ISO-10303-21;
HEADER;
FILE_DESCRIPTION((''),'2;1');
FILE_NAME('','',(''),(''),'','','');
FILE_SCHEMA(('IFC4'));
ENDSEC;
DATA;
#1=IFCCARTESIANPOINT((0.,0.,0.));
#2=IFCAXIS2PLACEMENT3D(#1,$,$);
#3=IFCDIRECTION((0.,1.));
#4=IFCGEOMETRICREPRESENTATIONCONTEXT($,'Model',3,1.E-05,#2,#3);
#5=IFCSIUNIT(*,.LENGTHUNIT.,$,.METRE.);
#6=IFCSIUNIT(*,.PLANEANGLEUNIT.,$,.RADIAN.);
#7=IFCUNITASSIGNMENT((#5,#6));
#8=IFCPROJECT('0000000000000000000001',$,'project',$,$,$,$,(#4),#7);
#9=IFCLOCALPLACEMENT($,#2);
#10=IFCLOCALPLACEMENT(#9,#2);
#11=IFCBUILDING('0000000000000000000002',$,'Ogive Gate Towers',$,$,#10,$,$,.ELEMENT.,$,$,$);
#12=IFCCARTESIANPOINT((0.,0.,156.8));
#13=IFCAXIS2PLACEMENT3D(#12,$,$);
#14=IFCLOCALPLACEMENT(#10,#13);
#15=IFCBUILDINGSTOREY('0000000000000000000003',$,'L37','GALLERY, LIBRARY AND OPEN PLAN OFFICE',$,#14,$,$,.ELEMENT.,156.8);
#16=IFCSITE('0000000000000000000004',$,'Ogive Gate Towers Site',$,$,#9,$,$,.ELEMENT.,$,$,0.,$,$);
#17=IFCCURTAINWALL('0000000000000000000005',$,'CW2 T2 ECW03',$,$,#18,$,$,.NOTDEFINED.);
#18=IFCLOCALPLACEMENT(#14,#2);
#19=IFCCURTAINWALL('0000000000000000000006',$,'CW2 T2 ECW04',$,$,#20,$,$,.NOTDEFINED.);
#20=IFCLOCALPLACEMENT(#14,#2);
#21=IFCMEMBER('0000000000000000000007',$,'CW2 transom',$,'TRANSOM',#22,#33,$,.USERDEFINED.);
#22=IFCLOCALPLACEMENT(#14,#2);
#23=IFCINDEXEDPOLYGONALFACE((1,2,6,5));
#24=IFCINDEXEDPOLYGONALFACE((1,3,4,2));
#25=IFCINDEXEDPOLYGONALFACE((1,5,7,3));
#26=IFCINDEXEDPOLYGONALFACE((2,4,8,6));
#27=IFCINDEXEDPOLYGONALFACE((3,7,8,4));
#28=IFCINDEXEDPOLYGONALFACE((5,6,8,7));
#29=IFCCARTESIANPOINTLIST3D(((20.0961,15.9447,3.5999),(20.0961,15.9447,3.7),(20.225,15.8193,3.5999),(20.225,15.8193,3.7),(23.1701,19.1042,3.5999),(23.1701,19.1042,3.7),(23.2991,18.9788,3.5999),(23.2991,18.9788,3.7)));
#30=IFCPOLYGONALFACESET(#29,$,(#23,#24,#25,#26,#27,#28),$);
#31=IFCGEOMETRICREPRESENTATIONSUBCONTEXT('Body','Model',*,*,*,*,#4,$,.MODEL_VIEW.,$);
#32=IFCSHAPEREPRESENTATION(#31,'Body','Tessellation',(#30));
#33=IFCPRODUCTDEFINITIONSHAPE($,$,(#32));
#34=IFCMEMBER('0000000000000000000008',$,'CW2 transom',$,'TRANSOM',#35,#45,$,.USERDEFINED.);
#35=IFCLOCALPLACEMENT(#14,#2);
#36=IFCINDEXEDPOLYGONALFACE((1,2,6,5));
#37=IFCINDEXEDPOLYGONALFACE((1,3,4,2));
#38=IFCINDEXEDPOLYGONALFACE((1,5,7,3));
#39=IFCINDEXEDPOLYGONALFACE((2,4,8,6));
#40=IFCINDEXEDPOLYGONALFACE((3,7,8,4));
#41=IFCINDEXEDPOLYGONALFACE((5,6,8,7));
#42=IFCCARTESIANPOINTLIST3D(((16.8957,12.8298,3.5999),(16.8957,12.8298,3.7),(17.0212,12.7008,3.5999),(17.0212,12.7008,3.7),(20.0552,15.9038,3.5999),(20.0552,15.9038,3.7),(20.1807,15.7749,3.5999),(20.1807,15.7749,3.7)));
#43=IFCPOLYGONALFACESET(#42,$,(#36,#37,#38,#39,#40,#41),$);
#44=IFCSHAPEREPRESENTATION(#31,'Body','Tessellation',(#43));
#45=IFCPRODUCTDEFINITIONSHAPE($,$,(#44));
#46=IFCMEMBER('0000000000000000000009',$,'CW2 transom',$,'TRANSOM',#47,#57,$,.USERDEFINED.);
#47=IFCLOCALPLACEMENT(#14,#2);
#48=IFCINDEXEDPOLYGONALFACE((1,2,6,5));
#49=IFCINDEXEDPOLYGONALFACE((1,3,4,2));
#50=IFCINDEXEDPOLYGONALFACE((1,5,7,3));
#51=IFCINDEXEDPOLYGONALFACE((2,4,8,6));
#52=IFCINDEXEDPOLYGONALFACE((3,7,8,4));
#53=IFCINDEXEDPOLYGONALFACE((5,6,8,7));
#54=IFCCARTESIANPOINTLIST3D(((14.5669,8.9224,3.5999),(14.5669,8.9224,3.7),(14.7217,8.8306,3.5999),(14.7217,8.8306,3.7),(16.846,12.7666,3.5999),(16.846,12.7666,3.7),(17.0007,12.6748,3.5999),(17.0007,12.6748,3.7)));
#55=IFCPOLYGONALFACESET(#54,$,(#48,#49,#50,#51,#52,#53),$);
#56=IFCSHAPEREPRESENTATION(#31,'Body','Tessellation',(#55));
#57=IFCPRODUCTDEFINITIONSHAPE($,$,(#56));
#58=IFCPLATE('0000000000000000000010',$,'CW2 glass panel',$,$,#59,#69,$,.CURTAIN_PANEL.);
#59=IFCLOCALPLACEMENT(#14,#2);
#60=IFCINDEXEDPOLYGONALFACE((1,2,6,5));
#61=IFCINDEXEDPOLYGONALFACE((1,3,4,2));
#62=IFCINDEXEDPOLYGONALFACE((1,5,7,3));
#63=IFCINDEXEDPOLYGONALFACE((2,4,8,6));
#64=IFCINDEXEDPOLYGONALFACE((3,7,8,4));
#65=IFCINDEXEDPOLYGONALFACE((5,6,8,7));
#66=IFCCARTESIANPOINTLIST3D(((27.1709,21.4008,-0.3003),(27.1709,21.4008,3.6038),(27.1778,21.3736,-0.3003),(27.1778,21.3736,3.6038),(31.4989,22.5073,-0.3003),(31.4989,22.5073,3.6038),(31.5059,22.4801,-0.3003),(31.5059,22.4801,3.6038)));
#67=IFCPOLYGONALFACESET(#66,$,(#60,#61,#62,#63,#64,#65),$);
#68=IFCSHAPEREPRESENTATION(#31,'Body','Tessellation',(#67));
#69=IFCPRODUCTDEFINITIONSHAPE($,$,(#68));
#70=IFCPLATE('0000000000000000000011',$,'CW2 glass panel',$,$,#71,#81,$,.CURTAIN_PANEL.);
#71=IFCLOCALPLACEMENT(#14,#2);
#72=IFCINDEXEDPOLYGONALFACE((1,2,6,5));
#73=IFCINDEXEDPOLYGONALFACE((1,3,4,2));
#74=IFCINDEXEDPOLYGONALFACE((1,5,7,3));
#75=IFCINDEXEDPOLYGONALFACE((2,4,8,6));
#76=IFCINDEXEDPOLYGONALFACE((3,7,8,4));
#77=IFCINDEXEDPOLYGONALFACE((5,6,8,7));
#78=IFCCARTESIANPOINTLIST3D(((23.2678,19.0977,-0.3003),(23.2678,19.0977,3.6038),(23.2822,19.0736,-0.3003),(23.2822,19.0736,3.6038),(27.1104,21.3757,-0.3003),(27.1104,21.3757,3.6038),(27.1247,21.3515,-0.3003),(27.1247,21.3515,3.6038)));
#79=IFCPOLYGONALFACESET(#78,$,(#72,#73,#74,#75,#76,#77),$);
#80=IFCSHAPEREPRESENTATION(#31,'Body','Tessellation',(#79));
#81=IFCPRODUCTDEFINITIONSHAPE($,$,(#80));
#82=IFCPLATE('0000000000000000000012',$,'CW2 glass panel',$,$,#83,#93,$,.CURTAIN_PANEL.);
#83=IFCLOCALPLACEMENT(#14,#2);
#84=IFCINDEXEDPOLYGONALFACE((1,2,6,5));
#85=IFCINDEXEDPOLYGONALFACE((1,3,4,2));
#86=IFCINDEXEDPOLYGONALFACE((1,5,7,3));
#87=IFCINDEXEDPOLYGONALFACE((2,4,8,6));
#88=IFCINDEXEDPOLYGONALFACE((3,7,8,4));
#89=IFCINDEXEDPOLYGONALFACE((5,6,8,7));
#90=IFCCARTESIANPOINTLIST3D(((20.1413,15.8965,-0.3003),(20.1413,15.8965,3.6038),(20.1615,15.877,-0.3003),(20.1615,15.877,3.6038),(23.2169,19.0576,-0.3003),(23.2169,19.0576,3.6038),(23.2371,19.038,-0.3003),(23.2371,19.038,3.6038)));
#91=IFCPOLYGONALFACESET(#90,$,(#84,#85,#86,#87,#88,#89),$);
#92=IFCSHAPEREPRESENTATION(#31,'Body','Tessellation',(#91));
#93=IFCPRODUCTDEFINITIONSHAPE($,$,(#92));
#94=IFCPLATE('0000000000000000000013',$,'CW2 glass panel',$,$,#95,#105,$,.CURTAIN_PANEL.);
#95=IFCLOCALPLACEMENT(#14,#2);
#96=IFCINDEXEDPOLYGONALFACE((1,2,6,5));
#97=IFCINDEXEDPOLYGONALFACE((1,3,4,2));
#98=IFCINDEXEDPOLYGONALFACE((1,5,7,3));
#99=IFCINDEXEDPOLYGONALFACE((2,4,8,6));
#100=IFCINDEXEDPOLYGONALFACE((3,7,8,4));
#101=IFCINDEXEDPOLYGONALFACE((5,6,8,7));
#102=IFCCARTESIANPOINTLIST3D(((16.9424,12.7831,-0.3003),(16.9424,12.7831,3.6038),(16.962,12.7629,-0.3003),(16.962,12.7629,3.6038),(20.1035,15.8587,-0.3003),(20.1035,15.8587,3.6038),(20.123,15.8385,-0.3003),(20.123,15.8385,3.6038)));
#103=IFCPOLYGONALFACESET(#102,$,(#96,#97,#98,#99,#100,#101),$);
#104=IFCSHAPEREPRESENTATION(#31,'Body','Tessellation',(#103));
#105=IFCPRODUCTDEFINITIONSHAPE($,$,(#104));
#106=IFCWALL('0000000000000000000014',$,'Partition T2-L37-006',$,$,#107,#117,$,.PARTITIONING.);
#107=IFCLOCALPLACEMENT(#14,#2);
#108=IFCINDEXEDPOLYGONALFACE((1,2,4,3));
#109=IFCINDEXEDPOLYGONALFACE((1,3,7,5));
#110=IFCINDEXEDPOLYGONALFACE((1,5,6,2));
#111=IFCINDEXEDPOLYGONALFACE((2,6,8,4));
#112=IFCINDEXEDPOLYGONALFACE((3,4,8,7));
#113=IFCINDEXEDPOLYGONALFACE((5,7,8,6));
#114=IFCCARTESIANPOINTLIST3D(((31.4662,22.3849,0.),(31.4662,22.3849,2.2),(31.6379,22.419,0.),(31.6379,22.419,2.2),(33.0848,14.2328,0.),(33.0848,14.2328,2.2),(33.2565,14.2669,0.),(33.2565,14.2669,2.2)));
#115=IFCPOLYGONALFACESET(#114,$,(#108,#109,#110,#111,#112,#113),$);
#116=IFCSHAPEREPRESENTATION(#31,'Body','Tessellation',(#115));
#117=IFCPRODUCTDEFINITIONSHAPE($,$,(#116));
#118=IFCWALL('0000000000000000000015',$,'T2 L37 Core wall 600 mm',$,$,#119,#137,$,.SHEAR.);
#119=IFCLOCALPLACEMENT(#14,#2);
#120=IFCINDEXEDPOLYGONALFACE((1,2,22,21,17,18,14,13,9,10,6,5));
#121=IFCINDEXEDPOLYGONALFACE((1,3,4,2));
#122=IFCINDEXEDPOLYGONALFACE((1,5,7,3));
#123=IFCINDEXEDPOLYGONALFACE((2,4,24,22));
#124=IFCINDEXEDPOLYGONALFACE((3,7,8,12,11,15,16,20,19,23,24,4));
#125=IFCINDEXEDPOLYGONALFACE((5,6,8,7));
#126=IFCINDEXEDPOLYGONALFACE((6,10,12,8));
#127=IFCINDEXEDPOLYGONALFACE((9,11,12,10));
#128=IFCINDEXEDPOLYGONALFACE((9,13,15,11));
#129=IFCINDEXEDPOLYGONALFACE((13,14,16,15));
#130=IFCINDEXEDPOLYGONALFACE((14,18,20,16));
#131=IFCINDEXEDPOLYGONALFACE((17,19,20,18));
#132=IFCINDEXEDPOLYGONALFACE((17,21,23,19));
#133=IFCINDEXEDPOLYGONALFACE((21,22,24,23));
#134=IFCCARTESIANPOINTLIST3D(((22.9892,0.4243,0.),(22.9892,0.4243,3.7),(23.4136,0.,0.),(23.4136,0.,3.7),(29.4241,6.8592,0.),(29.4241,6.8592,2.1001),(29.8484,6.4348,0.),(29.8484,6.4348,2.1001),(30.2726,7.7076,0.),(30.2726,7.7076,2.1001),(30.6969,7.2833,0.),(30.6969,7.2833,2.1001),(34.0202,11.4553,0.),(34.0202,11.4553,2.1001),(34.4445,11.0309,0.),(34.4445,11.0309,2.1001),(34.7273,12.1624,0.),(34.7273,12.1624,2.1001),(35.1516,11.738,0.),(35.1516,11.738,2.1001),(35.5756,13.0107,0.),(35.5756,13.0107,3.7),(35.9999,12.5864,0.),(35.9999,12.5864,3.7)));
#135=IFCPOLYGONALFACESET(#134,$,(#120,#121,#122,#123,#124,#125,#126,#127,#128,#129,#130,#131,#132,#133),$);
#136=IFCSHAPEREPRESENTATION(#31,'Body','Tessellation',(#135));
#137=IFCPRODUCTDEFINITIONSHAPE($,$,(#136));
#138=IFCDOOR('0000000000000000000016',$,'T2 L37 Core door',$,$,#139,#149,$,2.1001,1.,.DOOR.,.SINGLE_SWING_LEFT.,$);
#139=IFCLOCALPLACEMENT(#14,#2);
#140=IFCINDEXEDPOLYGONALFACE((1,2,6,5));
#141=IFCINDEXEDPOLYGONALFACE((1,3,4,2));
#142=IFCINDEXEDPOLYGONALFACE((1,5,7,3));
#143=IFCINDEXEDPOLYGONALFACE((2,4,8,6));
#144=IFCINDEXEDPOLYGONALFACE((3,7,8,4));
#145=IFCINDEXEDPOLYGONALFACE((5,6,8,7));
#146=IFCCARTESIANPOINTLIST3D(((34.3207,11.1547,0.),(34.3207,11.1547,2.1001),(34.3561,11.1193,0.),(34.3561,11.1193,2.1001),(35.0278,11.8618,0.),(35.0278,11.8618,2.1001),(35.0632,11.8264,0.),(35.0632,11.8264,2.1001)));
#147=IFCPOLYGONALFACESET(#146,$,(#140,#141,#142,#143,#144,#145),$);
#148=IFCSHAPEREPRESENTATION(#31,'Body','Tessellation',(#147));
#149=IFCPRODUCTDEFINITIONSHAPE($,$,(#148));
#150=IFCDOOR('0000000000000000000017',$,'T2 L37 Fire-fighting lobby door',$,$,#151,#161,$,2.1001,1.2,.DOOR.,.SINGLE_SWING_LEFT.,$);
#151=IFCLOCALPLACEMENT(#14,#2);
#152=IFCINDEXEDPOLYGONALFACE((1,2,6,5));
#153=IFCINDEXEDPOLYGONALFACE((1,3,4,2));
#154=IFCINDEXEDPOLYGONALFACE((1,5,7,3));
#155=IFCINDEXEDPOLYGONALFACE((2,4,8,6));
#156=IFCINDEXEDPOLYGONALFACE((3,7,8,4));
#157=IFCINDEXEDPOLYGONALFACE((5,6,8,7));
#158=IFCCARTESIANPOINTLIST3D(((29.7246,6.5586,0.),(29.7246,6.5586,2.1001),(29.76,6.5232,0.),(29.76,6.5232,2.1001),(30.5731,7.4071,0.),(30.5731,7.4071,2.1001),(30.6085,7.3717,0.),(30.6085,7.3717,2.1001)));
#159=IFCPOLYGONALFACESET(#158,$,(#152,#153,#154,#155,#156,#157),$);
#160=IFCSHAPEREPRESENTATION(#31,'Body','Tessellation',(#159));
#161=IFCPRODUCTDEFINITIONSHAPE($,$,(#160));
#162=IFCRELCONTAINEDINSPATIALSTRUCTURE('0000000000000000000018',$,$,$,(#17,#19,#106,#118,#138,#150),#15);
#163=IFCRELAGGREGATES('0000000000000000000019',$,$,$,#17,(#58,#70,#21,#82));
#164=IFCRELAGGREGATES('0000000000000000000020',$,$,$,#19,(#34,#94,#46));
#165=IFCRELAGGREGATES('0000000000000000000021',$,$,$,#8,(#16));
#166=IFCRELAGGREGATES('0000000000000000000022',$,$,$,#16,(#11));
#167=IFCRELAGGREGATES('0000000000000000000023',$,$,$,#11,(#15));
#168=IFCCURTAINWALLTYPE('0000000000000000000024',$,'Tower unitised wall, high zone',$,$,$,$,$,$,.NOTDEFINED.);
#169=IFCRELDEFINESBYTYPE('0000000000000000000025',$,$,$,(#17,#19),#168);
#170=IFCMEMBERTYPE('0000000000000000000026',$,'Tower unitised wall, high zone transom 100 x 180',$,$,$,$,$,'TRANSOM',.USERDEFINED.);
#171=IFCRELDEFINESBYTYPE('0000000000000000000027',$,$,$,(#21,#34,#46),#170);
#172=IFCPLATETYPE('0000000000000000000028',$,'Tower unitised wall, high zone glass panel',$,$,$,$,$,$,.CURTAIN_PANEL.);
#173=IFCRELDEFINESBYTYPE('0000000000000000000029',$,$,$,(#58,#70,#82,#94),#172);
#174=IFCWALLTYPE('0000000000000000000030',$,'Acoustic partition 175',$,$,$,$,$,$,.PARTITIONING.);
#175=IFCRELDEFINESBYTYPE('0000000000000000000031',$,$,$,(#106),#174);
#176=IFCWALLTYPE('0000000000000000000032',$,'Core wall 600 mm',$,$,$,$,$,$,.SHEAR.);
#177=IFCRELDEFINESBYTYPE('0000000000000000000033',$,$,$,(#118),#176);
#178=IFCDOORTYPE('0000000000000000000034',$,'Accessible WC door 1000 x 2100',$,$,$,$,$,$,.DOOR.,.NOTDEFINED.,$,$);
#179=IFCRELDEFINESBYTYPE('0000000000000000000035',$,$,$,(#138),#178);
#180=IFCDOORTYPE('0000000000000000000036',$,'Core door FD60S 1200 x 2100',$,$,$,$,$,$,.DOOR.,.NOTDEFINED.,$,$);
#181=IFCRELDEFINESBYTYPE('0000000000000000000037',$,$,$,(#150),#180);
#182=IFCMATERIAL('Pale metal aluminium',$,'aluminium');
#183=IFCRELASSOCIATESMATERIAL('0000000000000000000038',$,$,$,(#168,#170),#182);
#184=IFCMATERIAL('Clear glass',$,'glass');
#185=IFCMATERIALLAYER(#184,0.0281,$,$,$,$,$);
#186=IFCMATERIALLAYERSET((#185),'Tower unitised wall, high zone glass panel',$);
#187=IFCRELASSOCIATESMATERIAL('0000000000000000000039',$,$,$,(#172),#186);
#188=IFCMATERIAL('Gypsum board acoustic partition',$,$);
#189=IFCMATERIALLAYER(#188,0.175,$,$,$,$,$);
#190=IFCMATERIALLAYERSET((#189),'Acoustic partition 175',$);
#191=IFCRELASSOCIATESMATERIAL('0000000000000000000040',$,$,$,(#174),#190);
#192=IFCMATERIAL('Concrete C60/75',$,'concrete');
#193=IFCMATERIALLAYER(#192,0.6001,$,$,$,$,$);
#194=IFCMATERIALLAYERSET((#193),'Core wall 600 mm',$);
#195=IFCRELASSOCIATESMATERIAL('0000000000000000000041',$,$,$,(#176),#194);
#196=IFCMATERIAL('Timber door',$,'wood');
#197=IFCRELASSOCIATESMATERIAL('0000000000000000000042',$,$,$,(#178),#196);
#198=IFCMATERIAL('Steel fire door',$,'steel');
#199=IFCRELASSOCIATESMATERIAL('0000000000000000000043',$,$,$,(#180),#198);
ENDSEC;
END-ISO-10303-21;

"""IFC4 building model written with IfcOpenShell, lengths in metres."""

from ifc_helpers import new_model, si_unit, direction, frame, frame_2d, origin, origin_2d, place, context, subcontext, project, spatial, rectangle, extrude, material, layer, layer_set, material_profile, profile_set, type_object, element, fill, aggregate, save


model = new_model("IFC4")

# Units and contexts
model_context = context("Model", 3, precision=1e-05, world=origin(), true_north=direction((0.0, 1.0)))
body_context = subcontext(model_context, "Body", "Model", "MODEL_VIEW")
ifc_project = project(units=[si_unit("LENGTHUNIT", "METRE"), si_unit("PLANEANGLEUNIT", "RADIAN")], contexts=[model_context])

# Site, building, storey
site_placement = place(None, origin())
site = spatial("IfcSite", under=ifc_project, at=site_placement, Name="Ogive Gate Towers Site", CompositionType="ELEMENT", RefElevation=0.0)
building_placement = place(site_placement, origin())
building = spatial("IfcBuilding", under=site, at=building_placement, Name="Ogive Gate Towers", CompositionType="ELEMENT")
storey_placement = place(building_placement, frame((0.0, 0.0, 156.8)))
storey = spatial("IfcBuildingStorey", under=building, at=storey_placement, Name="L37", Description="GALLERY, LIBRARY AND OPEN PLAN OFFICE", CompositionType="ELEMENT", Elevation=156.8)

# Curtain wall
ifc_material_1 = material(Name="Pale metal aluminium", Category="aluminium")
curtain_wall_type = type_object("IfcCurtainWallType", Name="Tower unitised wall, high zone", PredefinedType="NOTDEFINED", material=ifc_material_1)
curtain_wall_1_placement = place(storey_placement, origin())
curtain_wall_1 = element("IfcCurtainWall", 1, at=curtain_wall_1_placement, inside=storey, type_object=curtain_wall_type, Name="CW2 T2 ECW03", PredefinedType="NOTDEFINED")

# Curtain wall
curtain_wall_2_placement = place(storey_placement, origin())
curtain_wall_2 = element("IfcCurtainWall", 2, at=curtain_wall_2_placement, inside=storey, type_object=curtain_wall_type, Name="CW2 T2 ECW04", PredefinedType="NOTDEFINED")

# Members
ifc_material_profile_1 = material_profile(ifc_material_1, rectangle(XDim=0.1799, YDim=0.1001, at=origin_2d()), Name="100 x 180 aluminium box")
ifc_profile_set_1 = profile_set([ifc_material_profile_1], Name="Pale metal aluminium")
member_type_1 = type_object("IfcMemberType", Name="Tower unitised wall, high zone transom 100 x 180", ElementType="TRANSOM", PredefinedType="USERDEFINED", material=ifc_profile_set_1)
member_1_placement = place(storey_placement, frame((23.2346, 19.0415, 3.6499), z_axis=(-0.697348, -0.716733, 0.0), x_axis=(0.716733, -0.697348, 0.0)))
member_1 = element("IfcMember", 3, at=member_1_placement, type_object=member_type_1, Name="CW2 transom", ObjectType="TRANSOM", PredefinedType="USERDEFINED", context=body_context, shape_type="SweptSolid", body=[
    extrude(rectangle(XDim=0.1799, YDim=0.1001, at=origin_2d()), origin(), (0.0, 0.0, 1.0), 4.4082),
])
member_2_placement = place(storey_placement, frame((20.1179, 15.8394, 3.6499), z_axis=(-0.716733, -0.697348, 0.0), x_axis=(0.697348, -0.716733, 0.0)))
member_2 = element("IfcMember", 4, at=member_2_placement, type_object=member_type_1, Name="CW2 transom", ObjectType="TRANSOM", PredefinedType="USERDEFINED", context=body_context, shape_type="SweptSolid", body=[
    extrude(rectangle(XDim=0.1799, YDim=0.1001, at=origin_2d()), origin(), (0.0, 0.0, 1.0), 4.4082),
])
member_3_placement = place(storey_placement, frame((16.9233, 12.7207, 3.6499), z_axis=(-0.509966, -0.860195, 0.0), x_axis=(0.860195, -0.509966, 0.0)))
member_3 = element("IfcMember", 5, at=member_3_placement, type_object=member_type_1, Name="CW2 transom", ObjectType="TRANSOM", PredefinedType="USERDEFINED", context=body_context, shape_type="SweptSolid", body=[
    extrude(rectangle(XDim=0.1799, YDim=0.1001, at=origin_2d()), origin(), (0.0, 0.0, 1.0), 4.469),
])

# Plates
ifc_material_2 = material(Name="Clear glass", Category="glass")
ifc_layer_1 = layer(ifc_material_2, 0.0281)
ifc_layer_set_1 = layer_set([ifc_layer_1], Name="Tower unitised wall, high zone glass panel")
plate_type = type_object("IfcPlateType", Name="Tower unitised wall, high zone glass panel", PredefinedType="CURTAIN_PANEL", material=ifc_layer_set_1)
plate_1_placement = place(storey_placement, frame((29.3384, 21.9404, -0.3003), z_axis=(0.0, 0.0, 1.0), x_axis=(-0.968839, -0.247692, 0.0)))
plate_1 = element("IfcPlate", 6, at=plate_1_placement, type_object=plate_type, Name="CW2 glass panel", PredefinedType="CURTAIN_PANEL", context=body_context, shape_type="SweptSolid", body=[
    extrude(rectangle(XDim=4.4673, YDim=0.0281, at=origin_2d()), origin(), (0.0, 0.0, 1.0), 3.9041),
])
plate_2_placement = place(storey_placement, frame((25.1963, 20.2246, -0.3003), z_axis=(0.0, 0.0, 1.0), x_axis=(-0.860208, -0.509943, 0.0)))
plate_2 = element("IfcPlate", 7, at=plate_2_placement, type_object=plate_type, Name="CW2 glass panel", PredefinedType="CURTAIN_PANEL", context=body_context, shape_type="SweptSolid", body=[
    extrude(rectangle(XDim=4.467, YDim=0.0281, at=origin_2d()), origin(), (0.0, 0.0, 1.0), 3.9041),
])
plate_3_placement = place(storey_placement, frame((21.6892, 17.4673, -0.3003), z_axis=(0.0, 0.0, 1.0), x_axis=(-0.697353, -0.716728, 0.0)))
plate_3 = element("IfcPlate", 8, at=plate_3_placement, type_object=plate_type, Name="CW2 glass panel", PredefinedType="CURTAIN_PANEL", context=body_context, shape_type="SweptSolid", body=[
    extrude(rectangle(XDim=4.4104, YDim=0.0281, at=origin_2d()), origin(), (0.0, 0.0, 1.0), 3.9041),
])
aggregate(curtain_wall_1, [plate_1, plate_2, member_1, plate_3])
plate_4_placement = place(storey_placement, frame((18.5327, 14.3108, -0.3003), z_axis=(0.0, 0.0, 1.0), x_axis=(-0.716728, -0.697353, 0.0)))
plate_4 = element("IfcPlate", 9, at=plate_4_placement, type_object=plate_type, Name="CW2 glass panel", PredefinedType="CURTAIN_PANEL", context=body_context, shape_type="SweptSolid", body=[
    extrude(rectangle(XDim=4.4104, YDim=0.0281, at=origin_2d()), origin(), (0.0, 0.0, 1.0), 3.9041),
])
aggregate(curtain_wall_2, [member_2, plate_4, member_3])

# Wall
ifc_material_3 = material(Name="Gypsum board acoustic partition")
ifc_layer_2 = layer(ifc_material_3, 0.175)
ifc_layer_set_2 = layer_set([ifc_layer_2], Name="Acoustic partition 175")
wall_type_1 = type_object("IfcWallType", Name="Acoustic partition 175", PredefinedType="PARTITIONING", material=ifc_layer_set_2)
wall_1_placement = place(storey_placement, frame((31.552, 22.4021, 0.0), z_axis=(0.0, 0.0, 1.0), x_axis=(0.194755, -0.980852, 0.0)))
element("IfcWall", 10, at=wall_1_placement, inside=storey, type_object=wall_type_1, Name="Partition T2-L37-006", PredefinedType="PARTITIONING", context=body_context, shape_type="SweptSolid", body=[
    extrude(rectangle(XDim=8.3113, YDim=0.175, at=frame_2d((4.1558, 0.0))), origin(), (0.0, 0.0, 1.0), 2.2),
])

# Wall, openings, doors
ifc_material_4 = material(Name="Concrete C60/75", Category="concrete")
ifc_layer_3 = layer(ifc_material_4, 0.6001)
ifc_layer_set_3 = layer_set([ifc_layer_3], Name="Core wall 600 mm")
wall_type_2 = type_object("IfcWallType", Name="Core wall 600 mm", PredefinedType="SHEAR", material=ifc_layer_set_3)
wall_2_placement = place(storey_placement, frame((23.2014, 0.2122, 0.0), z_axis=(0.0, 0.0, 1.0), x_axis=(0.707107, 0.707107, 0.0)))
wall_2 = element("IfcWall", 11, at=wall_2_placement, inside=storey, type_object=wall_type_2, Name="T2 L37 Core wall 600 mm", PredefinedType="SHEAR", context=body_context, shape_type="SweptSolid", body=[
    extrude(rectangle(XDim=17.7998, YDim=0.6001, at=frame_2d((8.8999, 0.0))), origin(), (0.0, 0.0, 1.0), 3.7),
])
opening_1_placement = place(wall_2_placement, frame((9.1001, 0.0, 0.0)))
opening_1 = element("IfcOpeningElement", 12, at=opening_1_placement, cuts=wall_2, PredefinedType="OPENING", context=body_context, shape_type="SweptSolid", body=[
    extrude(rectangle(XDim=1.2, YDim=2.1001, at=frame_2d((0.6001, 1.05))), frame((0.0, 0.3101, 0.0), z_axis=(0.0, -1.0, 0.0), x_axis=(1.0, 0.0, 0.0)), (0.0, 0.0, 1.0), 0.6201),
])
opening_2_placement = place(wall_2_placement, frame((15.6001, 0.0, 0.0)))
opening_2 = element("IfcOpeningElement", 13, at=opening_2_placement, cuts=wall_2, PredefinedType="OPENING", context=body_context, shape_type="SweptSolid", body=[
    extrude(rectangle(XDim=1.0, YDim=2.1001, at=frame_2d((0.5, 1.05))), frame((0.0, 0.3101, 0.0), z_axis=(0.0, -1.0, 0.0), x_axis=(1.0, 0.0, 0.0)), (0.0, 0.0, 1.0), 0.6201),
])
ifc_material_5 = material(Name="Timber door", Category="wood")
door_type_1 = type_object("IfcDoorType", Name="Accessible WC door 1000 x 2100", OperationType="NOTDEFINED", PredefinedType="DOOR", material=ifc_material_5)
door_1_placement = place(opening_2_placement, origin())
door_1 = element("IfcDoor", 14, at=door_1_placement, inside=storey, type_object=door_type_1, Name="T2 L37 Core door", OperationType="SINGLE_SWING_LEFT", OverallHeight=2.1001, OverallWidth=1.0, PredefinedType="DOOR", context=body_context, shape_type="SweptSolid", body=[
    extrude(rectangle(XDim=1.0, YDim=2.1001, at=frame_2d((0.5, 1.05))), frame((0.0, -0.125, 0.0), z_axis=(0.0, -1.0, 0.0), x_axis=(1.0, 0.0, 0.0)), (0.0, 0.0, 1.0), 0.05),
])
fill(opening_2, door_1)
ifc_material_6 = material(Name="Steel fire door", Category="steel")
door_type_2 = type_object("IfcDoorType", Name="Core door FD60S 1200 x 2100", OperationType="NOTDEFINED", PredefinedType="DOOR", material=ifc_material_6)
door_2_placement = place(opening_1_placement, origin())
door_2 = element("IfcDoor", 15, at=door_2_placement, inside=storey, type_object=door_type_2, Name="T2 L37 Fire-fighting lobby door", OperationType="SINGLE_SWING_LEFT", OverallHeight=2.1001, OverallWidth=1.2, PredefinedType="DOOR", context=body_context, shape_type="SweptSolid", body=[
    extrude(rectangle(XDim=1.2, YDim=2.1001, at=frame_2d((0.6001, 1.05))), frame((0.0, -0.125, 0.0), z_axis=(0.0, -1.0, 0.0), x_axis=(1.0, 0.0, 0.0)), (0.0, 0.0, 1.0), 0.05),
])
fill(opening_1, door_2)

save(model, "model.ifc")
